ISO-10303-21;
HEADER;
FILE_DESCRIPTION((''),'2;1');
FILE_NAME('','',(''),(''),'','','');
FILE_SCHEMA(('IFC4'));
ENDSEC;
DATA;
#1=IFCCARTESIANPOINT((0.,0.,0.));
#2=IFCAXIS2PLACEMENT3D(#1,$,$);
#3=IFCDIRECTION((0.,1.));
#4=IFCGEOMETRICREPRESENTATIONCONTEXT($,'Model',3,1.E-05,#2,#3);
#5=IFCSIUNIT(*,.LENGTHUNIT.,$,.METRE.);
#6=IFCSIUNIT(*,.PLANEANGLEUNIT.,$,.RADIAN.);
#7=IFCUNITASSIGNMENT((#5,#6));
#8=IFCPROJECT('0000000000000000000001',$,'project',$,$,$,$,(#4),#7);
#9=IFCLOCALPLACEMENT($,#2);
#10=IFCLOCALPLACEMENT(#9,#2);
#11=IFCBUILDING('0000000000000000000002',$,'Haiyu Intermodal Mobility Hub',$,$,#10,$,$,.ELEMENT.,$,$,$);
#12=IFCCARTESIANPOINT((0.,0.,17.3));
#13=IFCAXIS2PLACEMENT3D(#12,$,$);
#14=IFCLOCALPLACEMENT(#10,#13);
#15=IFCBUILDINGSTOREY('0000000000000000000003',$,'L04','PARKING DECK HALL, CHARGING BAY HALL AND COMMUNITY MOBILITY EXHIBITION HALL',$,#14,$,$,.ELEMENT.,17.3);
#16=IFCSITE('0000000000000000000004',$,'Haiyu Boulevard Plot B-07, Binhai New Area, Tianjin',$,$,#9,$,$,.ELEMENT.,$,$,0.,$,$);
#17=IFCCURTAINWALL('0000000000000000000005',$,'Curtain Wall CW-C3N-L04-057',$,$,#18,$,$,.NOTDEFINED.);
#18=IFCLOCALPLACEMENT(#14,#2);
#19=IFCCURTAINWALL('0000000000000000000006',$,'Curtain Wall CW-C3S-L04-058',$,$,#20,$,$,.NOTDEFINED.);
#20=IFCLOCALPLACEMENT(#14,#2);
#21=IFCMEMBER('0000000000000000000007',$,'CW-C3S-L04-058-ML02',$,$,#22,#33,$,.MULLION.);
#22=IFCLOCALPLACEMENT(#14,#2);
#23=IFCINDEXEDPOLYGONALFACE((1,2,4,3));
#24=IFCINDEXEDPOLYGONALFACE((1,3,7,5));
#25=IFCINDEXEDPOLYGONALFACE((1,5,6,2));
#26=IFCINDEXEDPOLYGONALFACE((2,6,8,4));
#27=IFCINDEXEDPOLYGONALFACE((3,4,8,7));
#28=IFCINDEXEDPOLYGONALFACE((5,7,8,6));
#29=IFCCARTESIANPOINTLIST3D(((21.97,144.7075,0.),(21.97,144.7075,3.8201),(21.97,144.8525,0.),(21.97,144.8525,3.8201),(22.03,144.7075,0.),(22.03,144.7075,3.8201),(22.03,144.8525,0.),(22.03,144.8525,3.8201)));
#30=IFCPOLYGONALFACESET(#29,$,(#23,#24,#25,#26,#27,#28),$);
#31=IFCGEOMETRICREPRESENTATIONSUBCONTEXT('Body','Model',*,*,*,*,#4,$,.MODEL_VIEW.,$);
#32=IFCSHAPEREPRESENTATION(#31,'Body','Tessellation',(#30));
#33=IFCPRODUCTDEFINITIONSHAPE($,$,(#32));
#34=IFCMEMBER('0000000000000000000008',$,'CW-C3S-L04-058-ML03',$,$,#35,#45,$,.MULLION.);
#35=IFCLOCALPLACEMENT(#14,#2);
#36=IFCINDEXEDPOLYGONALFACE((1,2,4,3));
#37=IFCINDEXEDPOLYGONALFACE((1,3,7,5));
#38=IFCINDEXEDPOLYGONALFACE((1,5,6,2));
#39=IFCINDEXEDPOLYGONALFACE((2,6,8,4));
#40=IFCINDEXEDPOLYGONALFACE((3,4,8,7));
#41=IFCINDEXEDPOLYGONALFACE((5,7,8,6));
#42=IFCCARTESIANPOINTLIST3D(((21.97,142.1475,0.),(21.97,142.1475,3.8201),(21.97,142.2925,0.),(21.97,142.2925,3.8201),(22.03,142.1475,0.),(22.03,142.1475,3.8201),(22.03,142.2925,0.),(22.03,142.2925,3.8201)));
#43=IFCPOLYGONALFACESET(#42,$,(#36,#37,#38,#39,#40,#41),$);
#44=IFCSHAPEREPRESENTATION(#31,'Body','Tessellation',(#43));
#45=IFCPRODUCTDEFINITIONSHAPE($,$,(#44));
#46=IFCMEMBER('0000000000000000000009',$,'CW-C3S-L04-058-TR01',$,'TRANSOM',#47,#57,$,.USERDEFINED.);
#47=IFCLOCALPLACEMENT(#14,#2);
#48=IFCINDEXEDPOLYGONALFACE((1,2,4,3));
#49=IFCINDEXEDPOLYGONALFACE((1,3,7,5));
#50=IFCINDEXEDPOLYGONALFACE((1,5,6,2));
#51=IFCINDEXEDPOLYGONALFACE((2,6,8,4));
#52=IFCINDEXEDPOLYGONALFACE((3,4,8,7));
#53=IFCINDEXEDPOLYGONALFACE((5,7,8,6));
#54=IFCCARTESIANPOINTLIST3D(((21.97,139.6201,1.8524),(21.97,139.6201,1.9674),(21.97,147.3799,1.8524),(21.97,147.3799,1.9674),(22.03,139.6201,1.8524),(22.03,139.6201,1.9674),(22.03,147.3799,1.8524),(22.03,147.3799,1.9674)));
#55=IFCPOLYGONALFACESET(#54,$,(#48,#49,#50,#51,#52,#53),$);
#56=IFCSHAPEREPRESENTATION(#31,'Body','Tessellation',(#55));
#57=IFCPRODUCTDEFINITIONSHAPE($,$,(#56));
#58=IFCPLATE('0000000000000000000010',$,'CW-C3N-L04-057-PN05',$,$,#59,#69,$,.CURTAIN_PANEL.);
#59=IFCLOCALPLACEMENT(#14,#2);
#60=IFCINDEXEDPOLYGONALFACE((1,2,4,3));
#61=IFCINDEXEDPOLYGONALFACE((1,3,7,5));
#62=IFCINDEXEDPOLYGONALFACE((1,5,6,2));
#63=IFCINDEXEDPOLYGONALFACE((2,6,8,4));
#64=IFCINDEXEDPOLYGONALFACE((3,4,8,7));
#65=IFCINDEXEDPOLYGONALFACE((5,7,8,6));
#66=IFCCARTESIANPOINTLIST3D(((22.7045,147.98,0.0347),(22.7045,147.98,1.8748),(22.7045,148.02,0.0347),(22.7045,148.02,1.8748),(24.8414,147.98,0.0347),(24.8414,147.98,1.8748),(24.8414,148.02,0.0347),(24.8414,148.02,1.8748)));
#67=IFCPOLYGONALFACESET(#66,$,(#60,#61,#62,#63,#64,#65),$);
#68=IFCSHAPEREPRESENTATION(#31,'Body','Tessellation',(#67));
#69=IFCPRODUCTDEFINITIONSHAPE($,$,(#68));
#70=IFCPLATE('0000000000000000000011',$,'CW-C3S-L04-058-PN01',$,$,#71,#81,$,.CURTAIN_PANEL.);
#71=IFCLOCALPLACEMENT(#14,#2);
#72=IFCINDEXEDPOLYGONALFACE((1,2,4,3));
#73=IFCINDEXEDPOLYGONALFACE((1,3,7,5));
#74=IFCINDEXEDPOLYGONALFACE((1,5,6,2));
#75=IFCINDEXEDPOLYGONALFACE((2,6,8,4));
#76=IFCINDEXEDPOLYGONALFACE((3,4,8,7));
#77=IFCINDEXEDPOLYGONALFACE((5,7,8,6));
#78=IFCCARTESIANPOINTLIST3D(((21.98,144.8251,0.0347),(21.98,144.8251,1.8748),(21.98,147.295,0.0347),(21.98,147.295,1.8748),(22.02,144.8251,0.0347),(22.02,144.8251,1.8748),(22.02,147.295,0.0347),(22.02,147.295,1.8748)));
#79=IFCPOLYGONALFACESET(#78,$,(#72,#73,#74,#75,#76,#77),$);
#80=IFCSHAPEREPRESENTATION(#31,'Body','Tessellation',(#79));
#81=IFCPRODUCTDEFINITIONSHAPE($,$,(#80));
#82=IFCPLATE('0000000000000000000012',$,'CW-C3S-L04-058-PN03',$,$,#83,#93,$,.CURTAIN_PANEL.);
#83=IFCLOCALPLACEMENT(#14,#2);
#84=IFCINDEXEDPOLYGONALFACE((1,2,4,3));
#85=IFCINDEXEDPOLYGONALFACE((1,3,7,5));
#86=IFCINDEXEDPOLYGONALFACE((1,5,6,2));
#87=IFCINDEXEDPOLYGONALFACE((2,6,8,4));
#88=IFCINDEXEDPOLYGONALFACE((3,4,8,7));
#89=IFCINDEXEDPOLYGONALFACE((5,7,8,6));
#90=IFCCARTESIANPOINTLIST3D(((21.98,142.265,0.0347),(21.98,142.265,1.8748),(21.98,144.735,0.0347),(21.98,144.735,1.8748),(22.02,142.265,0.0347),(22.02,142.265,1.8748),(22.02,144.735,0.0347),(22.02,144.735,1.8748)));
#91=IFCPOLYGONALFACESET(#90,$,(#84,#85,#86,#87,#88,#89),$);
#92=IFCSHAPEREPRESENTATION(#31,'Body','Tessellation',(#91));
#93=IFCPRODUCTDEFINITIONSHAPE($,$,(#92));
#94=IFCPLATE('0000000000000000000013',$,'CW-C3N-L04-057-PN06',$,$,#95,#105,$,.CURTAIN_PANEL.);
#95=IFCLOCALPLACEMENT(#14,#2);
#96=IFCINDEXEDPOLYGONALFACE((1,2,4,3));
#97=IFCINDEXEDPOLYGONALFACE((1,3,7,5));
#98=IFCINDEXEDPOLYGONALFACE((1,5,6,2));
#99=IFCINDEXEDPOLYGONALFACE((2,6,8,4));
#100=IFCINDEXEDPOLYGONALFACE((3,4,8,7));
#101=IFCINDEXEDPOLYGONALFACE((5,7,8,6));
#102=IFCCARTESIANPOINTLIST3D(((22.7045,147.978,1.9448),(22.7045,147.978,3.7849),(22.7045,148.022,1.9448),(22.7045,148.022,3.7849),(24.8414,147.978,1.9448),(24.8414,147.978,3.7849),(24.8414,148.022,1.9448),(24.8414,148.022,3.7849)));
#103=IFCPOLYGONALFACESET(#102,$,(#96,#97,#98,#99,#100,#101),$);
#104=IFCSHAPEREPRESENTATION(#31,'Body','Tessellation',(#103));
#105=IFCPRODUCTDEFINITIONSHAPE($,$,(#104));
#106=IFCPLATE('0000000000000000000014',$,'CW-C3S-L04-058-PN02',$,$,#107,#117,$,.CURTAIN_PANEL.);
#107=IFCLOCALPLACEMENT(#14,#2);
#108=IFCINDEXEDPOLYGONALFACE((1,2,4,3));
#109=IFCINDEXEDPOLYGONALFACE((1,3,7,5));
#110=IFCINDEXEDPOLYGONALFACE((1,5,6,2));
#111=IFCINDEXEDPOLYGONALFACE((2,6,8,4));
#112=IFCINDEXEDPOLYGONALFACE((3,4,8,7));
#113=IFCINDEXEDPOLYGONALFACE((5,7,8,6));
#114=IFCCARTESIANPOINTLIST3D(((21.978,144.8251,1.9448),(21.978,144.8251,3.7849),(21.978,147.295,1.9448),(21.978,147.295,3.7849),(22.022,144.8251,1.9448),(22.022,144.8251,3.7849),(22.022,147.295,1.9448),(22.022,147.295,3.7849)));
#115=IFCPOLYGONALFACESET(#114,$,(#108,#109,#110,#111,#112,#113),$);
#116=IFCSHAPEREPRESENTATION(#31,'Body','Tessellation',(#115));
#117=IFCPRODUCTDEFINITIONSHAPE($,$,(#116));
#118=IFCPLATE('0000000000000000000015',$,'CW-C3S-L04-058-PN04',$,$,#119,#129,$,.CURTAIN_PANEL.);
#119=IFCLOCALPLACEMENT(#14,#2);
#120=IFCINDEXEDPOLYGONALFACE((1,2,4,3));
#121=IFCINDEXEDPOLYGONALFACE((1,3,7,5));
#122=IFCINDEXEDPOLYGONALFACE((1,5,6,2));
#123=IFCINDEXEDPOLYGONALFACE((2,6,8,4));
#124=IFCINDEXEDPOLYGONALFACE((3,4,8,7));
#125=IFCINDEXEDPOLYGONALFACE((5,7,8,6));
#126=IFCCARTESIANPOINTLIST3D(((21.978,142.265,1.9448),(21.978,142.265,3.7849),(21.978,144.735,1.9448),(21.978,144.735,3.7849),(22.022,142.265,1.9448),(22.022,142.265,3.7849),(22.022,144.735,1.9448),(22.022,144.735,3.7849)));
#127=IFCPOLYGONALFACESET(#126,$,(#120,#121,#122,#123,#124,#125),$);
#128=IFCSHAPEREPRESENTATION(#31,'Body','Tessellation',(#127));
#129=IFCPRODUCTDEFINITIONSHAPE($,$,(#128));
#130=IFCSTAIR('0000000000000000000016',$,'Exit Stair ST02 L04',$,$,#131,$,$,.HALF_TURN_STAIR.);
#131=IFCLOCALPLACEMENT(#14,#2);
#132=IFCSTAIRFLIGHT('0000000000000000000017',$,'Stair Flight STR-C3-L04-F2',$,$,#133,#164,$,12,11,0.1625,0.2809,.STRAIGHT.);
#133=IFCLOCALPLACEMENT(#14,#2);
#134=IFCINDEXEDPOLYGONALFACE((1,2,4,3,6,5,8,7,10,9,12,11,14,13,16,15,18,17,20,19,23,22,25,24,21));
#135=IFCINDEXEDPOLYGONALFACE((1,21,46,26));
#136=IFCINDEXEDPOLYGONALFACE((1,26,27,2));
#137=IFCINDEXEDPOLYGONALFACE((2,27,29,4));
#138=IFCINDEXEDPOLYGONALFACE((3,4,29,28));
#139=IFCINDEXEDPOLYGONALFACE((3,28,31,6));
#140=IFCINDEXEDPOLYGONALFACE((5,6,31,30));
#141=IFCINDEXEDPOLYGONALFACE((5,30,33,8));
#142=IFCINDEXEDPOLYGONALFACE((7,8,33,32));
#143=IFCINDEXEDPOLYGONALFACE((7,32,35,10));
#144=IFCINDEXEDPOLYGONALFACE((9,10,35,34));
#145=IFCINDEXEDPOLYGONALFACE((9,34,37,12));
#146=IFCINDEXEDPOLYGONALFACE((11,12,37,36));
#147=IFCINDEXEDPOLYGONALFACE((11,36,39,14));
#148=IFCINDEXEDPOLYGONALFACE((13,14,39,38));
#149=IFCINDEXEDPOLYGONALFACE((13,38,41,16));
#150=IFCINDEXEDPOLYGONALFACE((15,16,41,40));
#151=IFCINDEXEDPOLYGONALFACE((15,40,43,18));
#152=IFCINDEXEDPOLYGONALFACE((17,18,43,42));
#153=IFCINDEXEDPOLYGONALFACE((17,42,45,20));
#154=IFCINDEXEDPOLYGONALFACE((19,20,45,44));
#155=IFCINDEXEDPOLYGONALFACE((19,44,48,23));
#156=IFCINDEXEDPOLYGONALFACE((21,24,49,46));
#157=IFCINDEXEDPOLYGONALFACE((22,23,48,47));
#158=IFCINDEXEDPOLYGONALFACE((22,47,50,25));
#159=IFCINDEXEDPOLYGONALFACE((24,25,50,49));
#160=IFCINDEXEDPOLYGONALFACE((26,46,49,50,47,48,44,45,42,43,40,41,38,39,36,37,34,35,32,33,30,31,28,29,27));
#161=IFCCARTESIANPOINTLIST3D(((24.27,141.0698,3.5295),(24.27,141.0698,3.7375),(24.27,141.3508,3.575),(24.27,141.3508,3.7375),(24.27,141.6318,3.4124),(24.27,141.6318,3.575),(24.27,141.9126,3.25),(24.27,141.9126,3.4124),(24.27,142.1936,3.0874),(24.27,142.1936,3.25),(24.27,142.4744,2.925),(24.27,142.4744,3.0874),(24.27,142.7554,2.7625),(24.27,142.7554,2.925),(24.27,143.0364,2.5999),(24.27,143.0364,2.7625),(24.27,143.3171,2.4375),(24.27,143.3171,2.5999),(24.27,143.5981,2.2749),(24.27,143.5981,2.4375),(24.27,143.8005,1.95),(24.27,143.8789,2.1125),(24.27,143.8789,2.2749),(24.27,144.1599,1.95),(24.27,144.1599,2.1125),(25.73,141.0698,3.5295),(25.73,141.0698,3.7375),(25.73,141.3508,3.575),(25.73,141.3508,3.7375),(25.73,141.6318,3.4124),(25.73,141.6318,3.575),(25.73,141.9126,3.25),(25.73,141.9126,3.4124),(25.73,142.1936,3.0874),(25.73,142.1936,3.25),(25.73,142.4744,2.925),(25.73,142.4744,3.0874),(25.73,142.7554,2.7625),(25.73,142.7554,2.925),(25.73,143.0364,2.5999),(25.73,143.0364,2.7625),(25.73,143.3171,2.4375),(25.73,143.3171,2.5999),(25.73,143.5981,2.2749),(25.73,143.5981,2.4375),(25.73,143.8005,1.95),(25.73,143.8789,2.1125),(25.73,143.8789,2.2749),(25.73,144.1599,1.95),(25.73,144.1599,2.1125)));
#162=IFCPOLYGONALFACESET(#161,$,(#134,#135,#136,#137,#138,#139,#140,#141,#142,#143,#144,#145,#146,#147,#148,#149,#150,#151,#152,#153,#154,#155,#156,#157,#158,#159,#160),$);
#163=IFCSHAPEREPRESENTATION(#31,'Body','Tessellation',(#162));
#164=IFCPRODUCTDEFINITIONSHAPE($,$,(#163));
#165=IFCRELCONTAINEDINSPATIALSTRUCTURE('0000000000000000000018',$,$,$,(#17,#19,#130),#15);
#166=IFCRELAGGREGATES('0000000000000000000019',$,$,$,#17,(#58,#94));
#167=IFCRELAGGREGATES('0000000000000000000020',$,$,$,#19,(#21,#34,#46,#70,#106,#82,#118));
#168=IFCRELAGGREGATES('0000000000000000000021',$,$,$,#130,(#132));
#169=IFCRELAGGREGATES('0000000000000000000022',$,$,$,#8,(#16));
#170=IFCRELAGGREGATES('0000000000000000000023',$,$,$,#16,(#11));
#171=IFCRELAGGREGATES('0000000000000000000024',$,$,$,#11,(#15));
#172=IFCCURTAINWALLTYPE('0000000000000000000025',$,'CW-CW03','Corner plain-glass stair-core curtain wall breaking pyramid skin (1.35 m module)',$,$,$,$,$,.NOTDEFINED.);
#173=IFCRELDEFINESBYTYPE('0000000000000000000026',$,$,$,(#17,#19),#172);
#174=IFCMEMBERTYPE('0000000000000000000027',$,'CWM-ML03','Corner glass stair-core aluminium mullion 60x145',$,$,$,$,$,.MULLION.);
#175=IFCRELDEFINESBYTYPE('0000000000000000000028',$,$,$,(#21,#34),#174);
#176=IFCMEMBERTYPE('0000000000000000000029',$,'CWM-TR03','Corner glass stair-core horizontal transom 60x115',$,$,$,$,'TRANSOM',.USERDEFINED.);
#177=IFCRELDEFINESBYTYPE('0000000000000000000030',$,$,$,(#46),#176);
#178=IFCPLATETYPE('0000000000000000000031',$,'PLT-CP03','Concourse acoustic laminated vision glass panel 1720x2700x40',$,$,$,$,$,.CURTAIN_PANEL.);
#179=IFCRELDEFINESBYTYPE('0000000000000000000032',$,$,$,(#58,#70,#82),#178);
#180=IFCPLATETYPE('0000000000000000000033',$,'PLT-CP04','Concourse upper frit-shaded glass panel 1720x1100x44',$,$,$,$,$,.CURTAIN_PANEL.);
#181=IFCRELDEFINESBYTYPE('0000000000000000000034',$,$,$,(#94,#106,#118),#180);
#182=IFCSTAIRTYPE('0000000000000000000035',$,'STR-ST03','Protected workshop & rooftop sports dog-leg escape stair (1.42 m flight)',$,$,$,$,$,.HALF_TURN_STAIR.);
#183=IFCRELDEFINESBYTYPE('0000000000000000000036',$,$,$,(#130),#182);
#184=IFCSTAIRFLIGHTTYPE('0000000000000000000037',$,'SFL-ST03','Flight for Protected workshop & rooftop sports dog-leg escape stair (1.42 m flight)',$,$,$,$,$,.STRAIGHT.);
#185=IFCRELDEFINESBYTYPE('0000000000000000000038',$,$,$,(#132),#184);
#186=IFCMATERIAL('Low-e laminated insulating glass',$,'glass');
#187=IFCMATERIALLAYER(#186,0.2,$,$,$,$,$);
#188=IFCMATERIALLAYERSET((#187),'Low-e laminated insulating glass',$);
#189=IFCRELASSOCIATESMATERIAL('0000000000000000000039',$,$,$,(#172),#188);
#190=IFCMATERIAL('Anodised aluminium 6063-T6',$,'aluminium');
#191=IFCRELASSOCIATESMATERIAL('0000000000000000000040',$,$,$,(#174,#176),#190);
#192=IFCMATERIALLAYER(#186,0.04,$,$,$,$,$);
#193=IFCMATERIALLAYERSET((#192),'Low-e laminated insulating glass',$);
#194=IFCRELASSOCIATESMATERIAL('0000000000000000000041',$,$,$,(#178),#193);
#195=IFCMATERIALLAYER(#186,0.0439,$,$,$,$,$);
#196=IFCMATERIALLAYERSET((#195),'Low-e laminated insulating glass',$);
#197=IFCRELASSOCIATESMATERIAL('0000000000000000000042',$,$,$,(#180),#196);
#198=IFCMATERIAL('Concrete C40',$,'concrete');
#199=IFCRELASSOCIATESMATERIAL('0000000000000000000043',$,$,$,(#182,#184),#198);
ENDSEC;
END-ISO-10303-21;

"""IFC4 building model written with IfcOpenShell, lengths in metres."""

from ifc_helpers import new_model, si_unit, direction, frame, origin, origin_2d, place, context, subcontext, project, spatial, polyline, rectangle, outline, extrude, material, layer, layer_set, material_profile, profile_set, type_object, element, aggregate, save


model = new_model("IFC4")

# Units and contexts
model_context = context("Model", 3, precision=1e-05, world=origin(), true_north=direction((0.0, 1.0)))
body_context = subcontext(model_context, "Body", "Model", "MODEL_VIEW")
ifc_project = project(units=[si_unit("LENGTHUNIT", "METRE"), si_unit("PLANEANGLEUNIT", "RADIAN")], contexts=[model_context])

# Site, building, storey
site_placement = place(None, origin())
site = spatial("IfcSite", under=ifc_project, at=site_placement, Name="Haiyu Boulevard Plot B-07, Binhai New Area, Tianjin", CompositionType="ELEMENT", RefElevation=0.0)
building_placement = place(site_placement, origin())
building = spatial("IfcBuilding", under=site, at=building_placement, Name="Haiyu Intermodal Mobility Hub", CompositionType="ELEMENT")
storey_placement = place(building_placement, frame((0.0, 0.0, 17.3)))
storey = spatial("IfcBuildingStorey", under=building, at=storey_placement, Name="L04", Description="PARKING DECK HALL, CHARGING BAY HALL AND COMMUNITY MOBILITY EXHIBITION HALL", CompositionType="ELEMENT", Elevation=17.3)

# Curtain walls, members
ifc_material_1 = material(Name="Low-e laminated insulating glass", Category="glass")
ifc_layer_1 = layer(ifc_material_1, 0.2)
ifc_layer_set_1 = layer_set([ifc_layer_1], Name="Low-e laminated insulating glass")
curtain_wall_type = type_object("IfcCurtainWallType", Name="CW-CW03", Description="Corner plain-glass stair-core curtain wall breaking pyramid skin (1.35 m module)", PredefinedType="NOTDEFINED", material=ifc_layer_set_1)
curtain_wall_1_placement = place(storey_placement, origin())
curtain_wall_1 = element("IfcCurtainWall", 1, at=curtain_wall_1_placement, inside=storey, type_object=curtain_wall_type, Name="Curtain Wall CW-C3N-L04-057", PredefinedType="NOTDEFINED")
ifc_material_2 = material(Name="Anodised aluminium 6063-T6", Category="aluminium")
ifc_material_profile_1 = material_profile(ifc_material_2, rectangle(XDim=0.0601, YDim=0.145, at=origin_2d()), Name="ALU60x145")
ifc_profile_set_1 = profile_set([ifc_material_profile_1], Name="Anodised aluminium 6063-T6")
member_type_1 = type_object("IfcMemberType", Name="CWM-ML03", Description="Corner glass stair-core aluminium mullion 60x145", PredefinedType="MULLION", material=ifc_profile_set_1)
curtain_wall_2_placement = place(storey_placement, origin())
curtain_wall_2 = element("IfcCurtainWall", 2, at=curtain_wall_2_placement, inside=storey, type_object=curtain_wall_type, Name="Curtain Wall CW-C3S-L04-058", PredefinedType="NOTDEFINED")
member_1_placement = place(storey_placement, frame((22.0, 144.78, 0.0), z_axis=(0.0, 0.0, 1.0), x_axis=(1.0, 0.0, 0.0)))
member_1 = element("IfcMember", 3, at=member_1_placement, type_object=member_type_1, Name="CW-C3S-L04-058-ML02", PredefinedType="MULLION", context=body_context, shape_type="SweptSolid", body=[
    extrude(rectangle(XDim=0.0601, YDim=0.145, at=origin_2d()), origin(), (0.0, 0.0, 1.0), 3.8201),
])
member_2_placement = place(storey_placement, frame((22.0, 142.22, 0.0), z_axis=(0.0, 0.0, 1.0), x_axis=(1.0, 0.0, 0.0)))
member_2 = element("IfcMember", 4, at=member_2_placement, type_object=member_type_1, Name="CW-C3S-L04-058-ML03", PredefinedType="MULLION", context=body_context, shape_type="SweptSolid", body=[
    extrude(rectangle(XDim=0.0601, YDim=0.145, at=origin_2d()), origin(), (0.0, 0.0, 1.0), 3.8201),
])
ifc_material_profile_2 = material_profile(ifc_material_2, rectangle(XDim=0.0601, YDim=0.115, at=origin_2d()), Name="ALU60x115")
ifc_profile_set_2 = profile_set([ifc_material_profile_2], Name="Anodised aluminium 6063-T6")
member_type_2 = type_object("IfcMemberType", Name="CWM-TR03", Description="Corner glass stair-core horizontal transom 60x115", ElementType="TRANSOM", PredefinedType="USERDEFINED", material=ifc_profile_set_2)
member_3_placement = place(storey_placement, frame((22.0, 147.3799, 1.9099), z_axis=(0.0, -1.0, 0.0), x_axis=(1.0, 0.0, 0.0)))
member_3 = element("IfcMember", 5, at=member_3_placement, type_object=member_type_2, Name="CW-C3S-L04-058-TR01", ObjectType="TRANSOM", PredefinedType="USERDEFINED", context=body_context, shape_type="SweptSolid", body=[
    extrude(rectangle(XDim=0.0601, YDim=0.115, at=origin_2d()), origin(), (0.0, 0.0, 1.0), 7.7598),
])

# Plates
ifc_layer_2 = layer(ifc_material_1, 0.04)
ifc_layer_set_2 = layer_set([ifc_layer_2], Name="Low-e laminated insulating glass")
plate_type_1 = type_object("IfcPlateType", Name="PLT-CP03", Description="Concourse acoustic laminated vision glass panel 1720x2700x40", PredefinedType="CURTAIN_PANEL", material=ifc_layer_set_2)
plate_1_placement = place(storey_placement, frame((23.7729, 148.0, 0.0347), z_axis=(0.0, 0.0, 1.0), x_axis=(-1.0, 0.0, 0.0)))
plate_1 = element("IfcPlate", 6, at=plate_1_placement, type_object=plate_type_1, Name="CW-C3N-L04-057-PN05", PredefinedType="CURTAIN_PANEL", context=body_context, shape_type="SweptSolid", body=[
    extrude(rectangle(XDim=2.137, YDim=0.04, at=origin_2d()), origin(), (0.0, 0.0, 1.0), 1.8401),
])
plate_2_placement = place(storey_placement, frame((22.0, 146.0601, 0.0347), z_axis=(0.0, 0.0, 1.0), x_axis=(0.0, -1.0, 0.0)))
plate_2 = element("IfcPlate", 7, at=plate_2_placement, type_object=plate_type_1, Name="CW-C3S-L04-058-PN01", PredefinedType="CURTAIN_PANEL", context=body_context, shape_type="SweptSolid", body=[
    extrude(rectangle(XDim=2.47, YDim=0.04, at=origin_2d()), origin(), (0.0, 0.0, 1.0), 1.8401),
])
plate_3_placement = place(storey_placement, frame((22.0, 143.5, 0.0347), z_axis=(0.0, 0.0, 1.0), x_axis=(0.0, -1.0, 0.0)))
plate_3 = element("IfcPlate", 8, at=plate_3_placement, type_object=plate_type_1, Name="CW-C3S-L04-058-PN03", PredefinedType="CURTAIN_PANEL", context=body_context, shape_type="SweptSolid", body=[
    extrude(rectangle(XDim=2.47, YDim=0.04, at=origin_2d()), origin(), (0.0, 0.0, 1.0), 1.8401),
])
ifc_layer_3 = layer(ifc_material_1, 0.0439)
ifc_layer_set_3 = layer_set([ifc_layer_3], Name="Low-e laminated insulating glass")
plate_type_2 = type_object("IfcPlateType", Name="PLT-CP04", Description="Concourse upper frit-shaded glass panel 1720x1100x44", PredefinedType="CURTAIN_PANEL", material=ifc_layer_set_3)
plate_4_placement = place(storey_placement, frame((23.7729, 148.0, 1.9448), z_axis=(0.0, 0.0, 1.0), x_axis=(-1.0, 0.0, 0.0)))
plate_4 = element("IfcPlate", 9, at=plate_4_placement, type_object=plate_type_2, Name="CW-C3N-L04-057-PN06", PredefinedType="CURTAIN_PANEL", context=body_context, shape_type="SweptSolid", body=[
    extrude(rectangle(XDim=2.137, YDim=0.0439, at=origin_2d()), origin(), (0.0, 0.0, 1.0), 1.8401),
])
aggregate(curtain_wall_1, [plate_1, plate_4])
plate_5_placement = place(storey_placement, frame((22.0, 146.0601, 1.9448), z_axis=(0.0, 0.0, 1.0), x_axis=(0.0, -1.0, 0.0)))
plate_5 = element("IfcPlate", 10, at=plate_5_placement, type_object=plate_type_2, Name="CW-C3S-L04-058-PN02", PredefinedType="CURTAIN_PANEL", context=body_context, shape_type="SweptSolid", body=[
    extrude(rectangle(XDim=2.47, YDim=0.0439, at=origin_2d()), origin(), (0.0, 0.0, 1.0), 1.8401),
])
plate_6_placement = place(storey_placement, frame((22.0, 143.5, 1.9448), z_axis=(0.0, 0.0, 1.0), x_axis=(0.0, -1.0, 0.0)))
plate_6 = element("IfcPlate", 11, at=plate_6_placement, type_object=plate_type_2, Name="CW-C3S-L04-058-PN04", PredefinedType="CURTAIN_PANEL", context=body_context, shape_type="SweptSolid", body=[
    extrude(rectangle(XDim=2.47, YDim=0.0439, at=origin_2d()), origin(), (0.0, 0.0, 1.0), 1.8401),
])
aggregate(curtain_wall_2, [member_1, member_2, member_3, plate_2, plate_5, plate_3, plate_6])

# Stair, stair flight
ifc_material_3 = material(Name="Concrete C40", Category="concrete")
stair_type = type_object("IfcStairType", Name="STR-ST03", Description="Protected workshop & rooftop sports dog-leg escape stair (1.42 m flight)", PredefinedType="HALF_TURN_STAIR", material=ifc_material_3)
stair_placement = place(storey_placement, origin())
stair = element("IfcStair", 12, at=stair_placement, inside=storey, type_object=stair_type, Name="Exit Stair ST02 L04", PredefinedType="HALF_TURN_STAIR")
stair_flight_type = type_object("IfcStairFlightType", Name="SFL-ST03", Description="Flight for Protected workshop & rooftop sports dog-leg escape stair (1.42 m flight)", PredefinedType="STRAIGHT", material=ifc_material_3)
stair_flight_placement = place(storey_placement, frame((25.0, 144.1599, 1.95), z_axis=(0.0, 0.0, 1.0), x_axis=(0.0, -1.0, 0.0)))
stair_flight = element("IfcStairFlight", 13, at=stair_flight_placement, type_object=stair_flight_type, Name="Stair Flight STR-C3-L04-F2", NumberOfRisers=12, NumberOfTreads=11, PredefinedType="STRAIGHT", RiserHeight=0.1625, TreadLength=0.2809, context=body_context, shape_type="SweptSolid", body=[
    extrude(outline(polyline([(0.0, 0.0), (0.0, 0.1626), (0.281, 0.1626), (0.281, 0.325), (0.5618, 0.325), (0.5618, 0.4875), (0.8428, 0.4875), (0.8428, 0.6499), (1.1235, 0.6499), (1.1235, 0.8125), (1.4045, 0.8125), (1.4045, 0.9751), (1.6855, 0.9751), (1.6855, 1.1375), (1.9663, 1.1375), (1.9663, 1.3), (2.2473, 1.3), (2.2473, 1.4624), (2.5281, 1.4624), (2.5281, 1.625), (2.8091, 1.625), (2.8091, 1.7876), (3.0901, 1.7876), (3.0901, 1.95), (3.0901, 1.5796), (0.3594, 0.0), (0.0, 0.0)])), frame((0.0, 0.73, 0.0), z_axis=(0.0, -1.0, 0.0), x_axis=(1.0, 0.0, 0.0)), (0.0, 0.0, 1.0), 1.46),
])
aggregate(stair, [stair_flight])

save(model, "model.ifc")
